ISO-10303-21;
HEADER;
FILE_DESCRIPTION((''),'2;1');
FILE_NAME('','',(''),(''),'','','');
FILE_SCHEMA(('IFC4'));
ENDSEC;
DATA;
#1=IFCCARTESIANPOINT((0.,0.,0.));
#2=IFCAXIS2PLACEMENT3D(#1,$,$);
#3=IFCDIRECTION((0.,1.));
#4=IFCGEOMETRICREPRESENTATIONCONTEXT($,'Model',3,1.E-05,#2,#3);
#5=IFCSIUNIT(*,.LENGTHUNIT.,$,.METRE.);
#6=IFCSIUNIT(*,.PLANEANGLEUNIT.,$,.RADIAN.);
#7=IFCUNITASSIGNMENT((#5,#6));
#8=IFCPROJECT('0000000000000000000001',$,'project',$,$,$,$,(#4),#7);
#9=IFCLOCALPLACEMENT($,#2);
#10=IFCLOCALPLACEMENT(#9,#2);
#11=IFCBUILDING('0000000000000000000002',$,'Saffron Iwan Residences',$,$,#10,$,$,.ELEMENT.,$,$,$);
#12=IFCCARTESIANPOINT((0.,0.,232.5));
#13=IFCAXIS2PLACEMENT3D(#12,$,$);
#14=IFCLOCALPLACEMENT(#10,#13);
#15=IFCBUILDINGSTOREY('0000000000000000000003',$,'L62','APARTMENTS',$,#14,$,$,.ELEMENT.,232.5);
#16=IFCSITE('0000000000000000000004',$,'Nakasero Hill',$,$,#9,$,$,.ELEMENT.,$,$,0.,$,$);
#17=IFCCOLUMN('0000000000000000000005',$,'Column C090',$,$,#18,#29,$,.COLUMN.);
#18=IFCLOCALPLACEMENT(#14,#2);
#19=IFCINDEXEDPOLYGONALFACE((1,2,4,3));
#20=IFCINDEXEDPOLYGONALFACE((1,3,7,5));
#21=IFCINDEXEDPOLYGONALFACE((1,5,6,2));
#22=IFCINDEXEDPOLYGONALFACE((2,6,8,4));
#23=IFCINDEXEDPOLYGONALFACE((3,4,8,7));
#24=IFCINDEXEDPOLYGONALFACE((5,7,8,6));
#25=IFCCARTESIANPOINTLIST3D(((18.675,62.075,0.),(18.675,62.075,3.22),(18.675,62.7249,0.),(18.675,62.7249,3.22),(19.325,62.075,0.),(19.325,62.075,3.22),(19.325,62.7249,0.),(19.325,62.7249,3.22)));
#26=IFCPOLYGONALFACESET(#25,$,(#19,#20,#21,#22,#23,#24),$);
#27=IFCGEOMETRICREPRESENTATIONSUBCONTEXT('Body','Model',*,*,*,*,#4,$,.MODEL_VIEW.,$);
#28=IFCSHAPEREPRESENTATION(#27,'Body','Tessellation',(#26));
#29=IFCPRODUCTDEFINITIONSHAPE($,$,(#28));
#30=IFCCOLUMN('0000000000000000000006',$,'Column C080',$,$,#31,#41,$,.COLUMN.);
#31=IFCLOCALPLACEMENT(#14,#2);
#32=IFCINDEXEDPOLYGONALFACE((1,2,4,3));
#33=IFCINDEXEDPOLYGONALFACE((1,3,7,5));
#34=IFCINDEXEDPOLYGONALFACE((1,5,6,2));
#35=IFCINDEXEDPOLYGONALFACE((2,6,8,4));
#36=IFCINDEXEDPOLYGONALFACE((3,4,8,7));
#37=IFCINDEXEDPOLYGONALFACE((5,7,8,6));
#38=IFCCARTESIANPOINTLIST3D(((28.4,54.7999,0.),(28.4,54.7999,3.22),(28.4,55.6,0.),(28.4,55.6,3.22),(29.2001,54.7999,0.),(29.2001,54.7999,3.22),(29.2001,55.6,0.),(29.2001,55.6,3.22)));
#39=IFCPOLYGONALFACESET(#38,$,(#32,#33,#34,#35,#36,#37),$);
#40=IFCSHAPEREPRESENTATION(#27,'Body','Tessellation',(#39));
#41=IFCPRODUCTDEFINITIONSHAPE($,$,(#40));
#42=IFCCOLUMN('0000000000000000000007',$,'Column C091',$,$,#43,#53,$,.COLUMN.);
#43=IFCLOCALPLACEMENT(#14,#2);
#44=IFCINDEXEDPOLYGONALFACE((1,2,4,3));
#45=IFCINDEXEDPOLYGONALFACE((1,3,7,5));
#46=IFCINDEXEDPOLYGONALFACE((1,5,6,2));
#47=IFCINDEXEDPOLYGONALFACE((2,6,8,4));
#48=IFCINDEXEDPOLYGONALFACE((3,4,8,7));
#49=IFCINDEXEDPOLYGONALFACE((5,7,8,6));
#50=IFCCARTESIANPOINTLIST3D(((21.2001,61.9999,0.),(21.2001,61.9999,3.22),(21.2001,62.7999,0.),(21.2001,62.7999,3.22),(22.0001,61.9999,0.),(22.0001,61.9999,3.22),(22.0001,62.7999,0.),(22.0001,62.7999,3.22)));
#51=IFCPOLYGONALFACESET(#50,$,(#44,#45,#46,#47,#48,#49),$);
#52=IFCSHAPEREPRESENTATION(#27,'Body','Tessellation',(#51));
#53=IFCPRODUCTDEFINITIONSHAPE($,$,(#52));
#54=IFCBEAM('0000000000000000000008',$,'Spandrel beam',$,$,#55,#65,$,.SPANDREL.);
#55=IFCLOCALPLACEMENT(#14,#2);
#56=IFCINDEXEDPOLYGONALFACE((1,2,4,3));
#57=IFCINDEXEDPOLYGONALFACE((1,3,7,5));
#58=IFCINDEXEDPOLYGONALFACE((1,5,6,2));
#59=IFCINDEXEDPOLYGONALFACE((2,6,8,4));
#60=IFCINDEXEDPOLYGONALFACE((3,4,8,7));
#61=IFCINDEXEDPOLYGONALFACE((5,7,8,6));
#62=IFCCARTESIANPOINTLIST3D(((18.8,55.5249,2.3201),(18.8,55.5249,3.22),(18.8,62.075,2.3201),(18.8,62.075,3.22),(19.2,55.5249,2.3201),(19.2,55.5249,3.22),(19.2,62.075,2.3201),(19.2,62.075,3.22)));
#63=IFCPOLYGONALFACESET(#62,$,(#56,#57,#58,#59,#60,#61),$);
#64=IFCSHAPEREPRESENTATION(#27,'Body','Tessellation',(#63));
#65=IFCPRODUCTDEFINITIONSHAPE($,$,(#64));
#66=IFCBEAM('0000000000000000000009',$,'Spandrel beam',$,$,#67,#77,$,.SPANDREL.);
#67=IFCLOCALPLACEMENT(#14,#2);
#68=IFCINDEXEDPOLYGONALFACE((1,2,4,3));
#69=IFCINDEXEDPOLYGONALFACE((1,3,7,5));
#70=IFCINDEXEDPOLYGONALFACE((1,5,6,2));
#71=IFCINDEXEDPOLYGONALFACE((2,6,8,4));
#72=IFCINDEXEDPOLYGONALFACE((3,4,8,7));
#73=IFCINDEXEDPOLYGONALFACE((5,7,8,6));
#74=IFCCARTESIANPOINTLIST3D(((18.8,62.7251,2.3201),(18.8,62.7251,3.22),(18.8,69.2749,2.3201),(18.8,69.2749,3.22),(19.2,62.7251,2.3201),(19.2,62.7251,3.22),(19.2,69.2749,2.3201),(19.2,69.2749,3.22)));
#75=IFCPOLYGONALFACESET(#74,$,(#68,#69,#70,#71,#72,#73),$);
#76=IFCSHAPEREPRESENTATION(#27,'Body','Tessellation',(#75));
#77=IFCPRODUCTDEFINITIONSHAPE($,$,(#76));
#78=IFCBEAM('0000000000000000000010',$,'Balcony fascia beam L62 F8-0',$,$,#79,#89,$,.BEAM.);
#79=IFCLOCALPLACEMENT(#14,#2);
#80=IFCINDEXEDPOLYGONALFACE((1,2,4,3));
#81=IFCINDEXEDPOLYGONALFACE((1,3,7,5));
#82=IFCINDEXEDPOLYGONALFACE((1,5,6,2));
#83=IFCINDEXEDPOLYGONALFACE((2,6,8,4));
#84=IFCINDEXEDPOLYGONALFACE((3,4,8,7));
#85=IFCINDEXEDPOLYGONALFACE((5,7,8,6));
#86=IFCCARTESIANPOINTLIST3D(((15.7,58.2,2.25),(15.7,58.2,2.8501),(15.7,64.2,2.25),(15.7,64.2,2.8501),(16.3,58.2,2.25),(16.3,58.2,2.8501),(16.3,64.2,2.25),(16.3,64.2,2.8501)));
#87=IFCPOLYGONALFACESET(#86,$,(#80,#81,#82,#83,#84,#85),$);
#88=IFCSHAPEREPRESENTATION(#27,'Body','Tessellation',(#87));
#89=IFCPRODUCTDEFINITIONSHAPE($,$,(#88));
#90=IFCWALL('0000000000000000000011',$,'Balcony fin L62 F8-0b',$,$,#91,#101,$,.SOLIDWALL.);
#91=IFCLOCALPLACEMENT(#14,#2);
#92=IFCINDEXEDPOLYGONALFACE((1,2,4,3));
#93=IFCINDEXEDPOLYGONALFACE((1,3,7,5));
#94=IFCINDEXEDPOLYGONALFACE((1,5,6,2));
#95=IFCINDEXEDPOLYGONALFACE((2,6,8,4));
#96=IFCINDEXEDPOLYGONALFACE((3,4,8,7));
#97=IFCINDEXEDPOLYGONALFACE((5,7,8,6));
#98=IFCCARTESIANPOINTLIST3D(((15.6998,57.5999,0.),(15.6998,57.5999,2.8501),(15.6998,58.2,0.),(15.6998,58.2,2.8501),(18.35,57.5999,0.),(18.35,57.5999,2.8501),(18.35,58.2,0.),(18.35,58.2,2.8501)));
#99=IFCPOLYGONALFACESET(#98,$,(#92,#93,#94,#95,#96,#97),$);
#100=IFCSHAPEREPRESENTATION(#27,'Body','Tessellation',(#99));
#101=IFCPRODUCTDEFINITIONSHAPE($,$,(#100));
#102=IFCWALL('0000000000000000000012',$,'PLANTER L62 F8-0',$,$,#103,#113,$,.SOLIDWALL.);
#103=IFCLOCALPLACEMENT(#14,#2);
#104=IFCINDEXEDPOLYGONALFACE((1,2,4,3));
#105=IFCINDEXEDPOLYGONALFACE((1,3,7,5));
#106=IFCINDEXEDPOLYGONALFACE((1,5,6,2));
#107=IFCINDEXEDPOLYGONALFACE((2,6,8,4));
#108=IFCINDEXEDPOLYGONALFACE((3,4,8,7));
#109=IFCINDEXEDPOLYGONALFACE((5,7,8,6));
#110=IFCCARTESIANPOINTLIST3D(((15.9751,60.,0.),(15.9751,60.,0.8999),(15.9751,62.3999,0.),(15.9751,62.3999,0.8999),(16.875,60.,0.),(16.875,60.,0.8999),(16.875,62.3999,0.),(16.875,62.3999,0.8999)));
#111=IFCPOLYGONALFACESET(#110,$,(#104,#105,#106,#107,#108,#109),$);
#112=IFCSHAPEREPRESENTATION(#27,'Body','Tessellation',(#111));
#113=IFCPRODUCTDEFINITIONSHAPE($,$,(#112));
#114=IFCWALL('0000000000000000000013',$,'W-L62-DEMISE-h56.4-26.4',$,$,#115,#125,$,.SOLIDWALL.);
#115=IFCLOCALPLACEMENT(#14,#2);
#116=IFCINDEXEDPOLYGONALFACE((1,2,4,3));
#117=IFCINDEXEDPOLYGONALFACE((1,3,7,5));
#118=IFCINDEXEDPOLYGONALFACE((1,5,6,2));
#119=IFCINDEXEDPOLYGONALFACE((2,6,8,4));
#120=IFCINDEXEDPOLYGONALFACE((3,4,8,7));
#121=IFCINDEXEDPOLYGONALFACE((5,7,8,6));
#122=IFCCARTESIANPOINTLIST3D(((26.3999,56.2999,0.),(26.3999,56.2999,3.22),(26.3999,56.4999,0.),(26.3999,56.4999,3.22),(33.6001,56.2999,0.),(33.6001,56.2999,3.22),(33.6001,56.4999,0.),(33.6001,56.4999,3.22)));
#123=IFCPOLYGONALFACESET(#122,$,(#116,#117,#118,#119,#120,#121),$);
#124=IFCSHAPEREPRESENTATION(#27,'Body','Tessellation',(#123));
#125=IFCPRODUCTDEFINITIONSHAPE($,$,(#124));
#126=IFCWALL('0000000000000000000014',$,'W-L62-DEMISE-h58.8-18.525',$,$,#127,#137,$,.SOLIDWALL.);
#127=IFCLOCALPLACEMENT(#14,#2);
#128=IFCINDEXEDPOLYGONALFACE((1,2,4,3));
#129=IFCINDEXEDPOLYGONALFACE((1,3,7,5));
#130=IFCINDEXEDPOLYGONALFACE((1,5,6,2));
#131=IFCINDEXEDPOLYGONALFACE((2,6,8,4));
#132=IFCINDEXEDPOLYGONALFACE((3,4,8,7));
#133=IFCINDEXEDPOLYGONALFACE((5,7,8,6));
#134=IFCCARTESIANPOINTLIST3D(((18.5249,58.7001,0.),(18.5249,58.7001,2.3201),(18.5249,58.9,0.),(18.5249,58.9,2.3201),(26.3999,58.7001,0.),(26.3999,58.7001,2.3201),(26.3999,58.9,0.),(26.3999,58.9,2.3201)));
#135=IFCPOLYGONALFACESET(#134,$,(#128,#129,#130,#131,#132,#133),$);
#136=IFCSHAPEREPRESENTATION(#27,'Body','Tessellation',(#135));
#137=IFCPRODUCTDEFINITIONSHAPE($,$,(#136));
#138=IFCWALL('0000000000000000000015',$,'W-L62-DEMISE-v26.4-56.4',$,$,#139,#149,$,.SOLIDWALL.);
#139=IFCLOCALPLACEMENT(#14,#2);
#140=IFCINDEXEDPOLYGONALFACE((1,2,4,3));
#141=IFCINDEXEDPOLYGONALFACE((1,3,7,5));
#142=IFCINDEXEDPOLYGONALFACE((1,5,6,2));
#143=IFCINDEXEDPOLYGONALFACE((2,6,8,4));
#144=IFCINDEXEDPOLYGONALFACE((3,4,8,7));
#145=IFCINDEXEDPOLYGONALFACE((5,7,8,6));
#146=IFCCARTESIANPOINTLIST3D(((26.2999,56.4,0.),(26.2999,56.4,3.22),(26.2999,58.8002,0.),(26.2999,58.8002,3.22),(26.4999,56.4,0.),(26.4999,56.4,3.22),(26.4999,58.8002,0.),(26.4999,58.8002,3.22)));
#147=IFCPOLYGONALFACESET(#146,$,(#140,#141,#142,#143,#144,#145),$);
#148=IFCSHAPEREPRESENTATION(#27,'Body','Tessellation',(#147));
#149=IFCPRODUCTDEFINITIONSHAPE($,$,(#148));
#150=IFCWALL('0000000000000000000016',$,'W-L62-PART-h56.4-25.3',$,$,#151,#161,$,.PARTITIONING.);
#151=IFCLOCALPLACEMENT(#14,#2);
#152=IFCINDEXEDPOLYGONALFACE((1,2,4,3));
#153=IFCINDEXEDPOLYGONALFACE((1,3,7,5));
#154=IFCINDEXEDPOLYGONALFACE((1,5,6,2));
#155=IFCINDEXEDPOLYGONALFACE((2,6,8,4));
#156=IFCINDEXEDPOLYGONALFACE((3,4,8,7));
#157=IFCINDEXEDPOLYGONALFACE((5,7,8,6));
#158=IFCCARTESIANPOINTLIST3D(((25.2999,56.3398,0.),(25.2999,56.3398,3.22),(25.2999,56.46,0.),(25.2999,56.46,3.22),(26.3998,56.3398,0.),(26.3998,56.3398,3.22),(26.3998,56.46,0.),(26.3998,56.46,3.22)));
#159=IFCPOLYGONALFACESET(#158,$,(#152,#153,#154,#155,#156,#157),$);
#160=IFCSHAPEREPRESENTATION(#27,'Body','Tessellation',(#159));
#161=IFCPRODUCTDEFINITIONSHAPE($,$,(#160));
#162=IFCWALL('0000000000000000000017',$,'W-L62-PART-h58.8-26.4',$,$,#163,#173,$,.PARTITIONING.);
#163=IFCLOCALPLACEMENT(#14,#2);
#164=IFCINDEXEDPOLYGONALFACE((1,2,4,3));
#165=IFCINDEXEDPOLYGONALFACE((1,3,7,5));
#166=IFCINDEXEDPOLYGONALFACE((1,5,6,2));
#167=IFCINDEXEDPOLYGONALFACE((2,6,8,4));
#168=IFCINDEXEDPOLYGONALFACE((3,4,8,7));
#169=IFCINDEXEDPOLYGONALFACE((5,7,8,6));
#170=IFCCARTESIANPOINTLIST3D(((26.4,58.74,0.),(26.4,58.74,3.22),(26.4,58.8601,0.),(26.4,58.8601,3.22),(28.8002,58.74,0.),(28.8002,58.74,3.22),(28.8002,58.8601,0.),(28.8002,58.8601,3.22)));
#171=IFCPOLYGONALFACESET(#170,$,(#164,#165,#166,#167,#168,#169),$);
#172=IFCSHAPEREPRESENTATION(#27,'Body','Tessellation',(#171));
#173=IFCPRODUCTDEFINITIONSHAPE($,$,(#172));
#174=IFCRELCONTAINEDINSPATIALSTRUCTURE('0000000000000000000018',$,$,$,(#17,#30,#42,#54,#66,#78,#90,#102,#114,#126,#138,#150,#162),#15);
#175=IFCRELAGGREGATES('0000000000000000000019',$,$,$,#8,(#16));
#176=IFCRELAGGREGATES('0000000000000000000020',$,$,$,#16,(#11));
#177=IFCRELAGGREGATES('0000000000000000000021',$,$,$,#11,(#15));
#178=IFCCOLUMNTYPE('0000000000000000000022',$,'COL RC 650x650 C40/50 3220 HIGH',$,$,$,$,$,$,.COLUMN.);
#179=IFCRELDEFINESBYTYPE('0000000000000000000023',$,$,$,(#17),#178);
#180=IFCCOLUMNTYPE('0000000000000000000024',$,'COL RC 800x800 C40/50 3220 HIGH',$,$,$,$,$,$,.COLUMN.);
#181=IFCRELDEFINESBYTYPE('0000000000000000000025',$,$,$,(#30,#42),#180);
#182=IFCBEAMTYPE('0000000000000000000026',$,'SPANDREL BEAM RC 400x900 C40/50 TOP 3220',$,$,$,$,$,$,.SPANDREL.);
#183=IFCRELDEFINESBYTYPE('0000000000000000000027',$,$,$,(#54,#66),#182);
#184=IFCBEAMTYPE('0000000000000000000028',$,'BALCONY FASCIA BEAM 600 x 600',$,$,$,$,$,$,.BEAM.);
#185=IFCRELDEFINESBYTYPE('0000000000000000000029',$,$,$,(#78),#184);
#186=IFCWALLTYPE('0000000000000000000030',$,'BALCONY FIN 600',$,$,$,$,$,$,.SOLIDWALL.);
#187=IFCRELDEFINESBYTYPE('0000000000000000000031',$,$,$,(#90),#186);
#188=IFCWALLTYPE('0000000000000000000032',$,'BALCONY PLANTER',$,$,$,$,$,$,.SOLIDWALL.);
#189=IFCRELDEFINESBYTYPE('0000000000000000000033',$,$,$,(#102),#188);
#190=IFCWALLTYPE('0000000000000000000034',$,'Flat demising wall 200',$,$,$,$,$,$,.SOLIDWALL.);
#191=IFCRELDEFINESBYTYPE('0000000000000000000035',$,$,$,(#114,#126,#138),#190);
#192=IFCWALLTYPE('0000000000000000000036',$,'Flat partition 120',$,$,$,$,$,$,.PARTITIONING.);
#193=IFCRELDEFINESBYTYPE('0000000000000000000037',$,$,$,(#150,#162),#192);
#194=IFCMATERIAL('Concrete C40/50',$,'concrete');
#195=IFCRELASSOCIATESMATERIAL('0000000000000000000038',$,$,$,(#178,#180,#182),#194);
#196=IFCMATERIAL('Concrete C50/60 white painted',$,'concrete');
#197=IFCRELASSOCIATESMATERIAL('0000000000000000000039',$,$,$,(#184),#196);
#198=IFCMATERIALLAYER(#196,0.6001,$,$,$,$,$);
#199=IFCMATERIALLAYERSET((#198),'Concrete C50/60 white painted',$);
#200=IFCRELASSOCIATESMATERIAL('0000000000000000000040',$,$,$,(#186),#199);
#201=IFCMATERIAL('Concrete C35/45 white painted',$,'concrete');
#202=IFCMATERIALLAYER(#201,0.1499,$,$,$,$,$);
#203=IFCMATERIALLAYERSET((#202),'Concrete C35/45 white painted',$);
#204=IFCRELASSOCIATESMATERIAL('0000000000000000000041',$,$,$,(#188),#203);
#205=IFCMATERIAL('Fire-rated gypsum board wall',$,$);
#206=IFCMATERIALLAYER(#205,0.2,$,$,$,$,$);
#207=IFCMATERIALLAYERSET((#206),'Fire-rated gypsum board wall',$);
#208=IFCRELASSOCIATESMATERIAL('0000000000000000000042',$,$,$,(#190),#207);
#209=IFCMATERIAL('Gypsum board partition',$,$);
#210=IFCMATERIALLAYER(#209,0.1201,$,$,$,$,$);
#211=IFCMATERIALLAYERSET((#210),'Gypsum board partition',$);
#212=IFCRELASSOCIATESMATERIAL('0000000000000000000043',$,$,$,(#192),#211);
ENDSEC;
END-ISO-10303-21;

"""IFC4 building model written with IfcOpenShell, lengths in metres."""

from ifc_helpers import new_model, si_unit, direction, frame, frame_2d, origin, origin_2d, place, context, subcontext, project, spatial, rectangle, extrude, source, transform, mapped, material, layer, layer_set, material_profile, profile_set, type_object, element, save


model = new_model("IFC4")

# Units and contexts
model_context = context("Model", 3, precision=1e-05, world=origin(), true_north=direction((0.0, 1.0)))
body_context = subcontext(model_context, "Body", "Model", "MODEL_VIEW")
ifc_project = project(units=[si_unit("LENGTHUNIT", "METRE"), si_unit("PLANEANGLEUNIT", "RADIAN")], contexts=[model_context])

# Site, building, storey
site_placement = place(None, origin())
site = spatial("IfcSite", under=ifc_project, at=site_placement, Name="Nakasero Hill", CompositionType="ELEMENT", RefElevation=0.0)
building_placement = place(site_placement, origin())
building = spatial("IfcBuilding", under=site, at=building_placement, Name="Saffron Iwan Residences", CompositionType="ELEMENT")
storey_placement = place(building_placement, frame((0.0, 0.0, 232.5)))
storey = spatial("IfcBuildingStorey", under=building, at=storey_placement, Name="L62", Description="APARTMENTS", CompositionType="ELEMENT", Elevation=232.5)

# Columns
ifc_material_1 = material(Name="Concrete C40/50", Category="concrete")
ifc_material_profile_1 = material_profile(ifc_material_1, rectangle(XDim=0.6499, YDim=0.6499, at=origin_2d()), Name="RC 650x650")
ifc_profile_set_1 = profile_set([ifc_material_profile_1], Name="Concrete C40/50")
column_type_1 = type_object("IfcColumnType", Name="COL RC 650x650 C40/50 3220 HIGH", PredefinedType="COLUMN", material=ifc_profile_set_1)
shared_shape_1 = source(origin(), body_context, "Body", "SweptSolid", [
    extrude(rectangle(XDim=0.6499, YDim=0.6499, at=origin_2d()), origin(), (0.0, 0.0, 1.0), 3.22),
])
column_placement = place(storey_placement, frame((19.0, 62.3999, 0.0), z_axis=(0.0, 0.0, 1.0), x_axis=(1.0, 0.0, 0.0)))
element("IfcColumn", 1, at=column_placement, inside=storey, type_object=column_type_1, Name="Column C090", PredefinedType="COLUMN", context=body_context, shape_type="MappedRepresentation", body=[
    mapped(shared_shape_1, transform((0.0, 0.0, 0.0))),
])
ifc_material_profile_2 = material_profile(ifc_material_1, rectangle(XDim=0.8, YDim=0.8, at=origin_2d()), Name="RC 800x800")
ifc_profile_set_2 = profile_set([ifc_material_profile_2], Name="Concrete C40/50")
column_type_2 = type_object("IfcColumnType", Name="COL RC 800x800 C40/50 3220 HIGH", PredefinedType="COLUMN", material=ifc_profile_set_2)
shared_shape_2 = source(origin(), body_context, "Body", "SweptSolid", [
    extrude(rectangle(XDim=0.8, YDim=0.8, at=origin_2d()), origin(), (0.0, 0.0, 1.0), 3.22),
])
for number, where, z_axis, x_axis, name in (
    (2, (28.8, 55.2, 0.0), (0.0, 0.0, 1.0), (1.0, 0.0, 0.0), "Column C080"),
    (3, (21.6001, 62.3999, 0.0), (0.0, 0.0, 1.0), (1.0, 0.0, 0.0), "Column C091"),
):
    element("IfcColumn", number, at=place(storey_placement, frame(where, z_axis=z_axis, x_axis=x_axis)), inside=storey, type_object=column_type_2, Name=name, PredefinedType="COLUMN", context=body_context, shape_type="MappedRepresentation", body=[
        mapped(shared_shape_2, transform((0.0, 0.0, 0.0))),
    ])

# Beams
ifc_material_profile_3 = material_profile(ifc_material_1, rectangle(XDim=0.3999, YDim=0.8999, at=origin_2d()), Name="RC 400x900")
ifc_profile_set_3 = profile_set([ifc_material_profile_3], Name="Concrete C40/50")
beam_type_1 = type_object("IfcBeamType", Name="SPANDREL BEAM RC 400x900 C40/50 TOP 3220", PredefinedType="SPANDREL", material=ifc_profile_set_3)
shared_shape_3 = source(origin(), body_context, "Body", "SweptSolid", [
    extrude(rectangle(XDim=0.3999, YDim=0.8999, at=origin_2d()), origin(), (0.0, 0.0, 1.0), 6.55),
])
beam_1_placement = place(storey_placement, frame((19.0, 55.5249, 2.77), z_axis=(0.0, 1.0, 0.0), x_axis=(-1.0, 0.0, 0.0)))
element("IfcBeam", 4, at=beam_1_placement, inside=storey, type_object=beam_type_1, Name="Spandrel beam", PredefinedType="SPANDREL", context=body_context, shape_type="MappedRepresentation", body=[
    mapped(shared_shape_3, transform((0.0, 0.0, 0.0))),
])
shared_shape_4 = source(origin(), body_context, "Body", "SweptSolid", [
    extrude(rectangle(XDim=0.3999, YDim=0.8999, at=origin_2d()), origin(), (0.0, 0.0, 1.0), 6.5498),
])
beam_2_placement = place(storey_placement, frame((19.0, 62.7251, 2.77), z_axis=(0.0, 1.0, 0.0), x_axis=(-1.0, 0.0, 0.0)))
element("IfcBeam", 5, at=beam_2_placement, inside=storey, type_object=beam_type_1, Name="Spandrel beam", PredefinedType="SPANDREL", context=body_context, shape_type="MappedRepresentation", body=[
    mapped(shared_shape_4, transform((0.0, 0.0, 0.0))),
])
ifc_material_2 = material(Name="Concrete C50/60 white painted", Category="concrete")
ifc_material_profile_4 = material_profile(ifc_material_2, rectangle(XDim=0.6001, YDim=0.6001, at=origin_2d()), Name="BALCONY FASCIA BEAM 600 x 600")
ifc_profile_set_4 = profile_set([ifc_material_profile_4], Name="Concrete C50/60 white painted")
beam_type_2 = type_object("IfcBeamType", Name="BALCONY FASCIA BEAM 600 x 600", PredefinedType="BEAM", material=ifc_profile_set_4)
shared_shape_5 = source(origin(), body_context, "Body", "SweptSolid", [
    extrude(rectangle(XDim=0.6001, YDim=0.6001, at=origin_2d()), origin(), (0.0, 0.0, 1.0), 6.0),
])
beam_3_placement = place(storey_placement, frame((16.0, 64.2, 2.55), z_axis=(0.0, -1.0, 0.0), x_axis=(1.0, 0.0, 0.0)))
element("IfcBeam", 6, at=beam_3_placement, inside=storey, type_object=beam_type_2, Name="Balcony fascia beam L62 F8-0", PredefinedType="BEAM", context=body_context, shape_type="MappedRepresentation", body=[
    mapped(shared_shape_5, transform((0.0, 0.0, 0.0))),
])

# Walls
ifc_layer_1 = layer(ifc_material_2, 0.6001)
ifc_layer_set_1 = layer_set([ifc_layer_1], Name="Concrete C50/60 white painted")
wall_type_1 = type_object("IfcWallType", Name="BALCONY FIN 600", PredefinedType="SOLIDWALL", material=ifc_layer_set_1)
wall_1_placement = place(storey_placement, frame((18.3501, 57.8999, 0.0), z_axis=(0.0, 0.0, 1.0), x_axis=(-1.0, 0.0, 0.0)))
element("IfcWall", 7, at=wall_1_placement, inside=storey, type_object=wall_type_1, Name="Balcony fin L62 F8-0b", PredefinedType="SOLIDWALL", context=body_context, shape_type="SweptSolid", body=[
    extrude(rectangle(XDim=2.6501, YDim=0.6001, at=frame_2d((1.3252, 0.0))), origin(), (0.0, 0.0, 1.0), 2.8501),
])
ifc_material_3 = material(Name="Concrete C35/45 white painted", Category="concrete")
ifc_layer_2 = layer(ifc_material_3, 0.1499)
ifc_layer_set_2 = layer_set([ifc_layer_2], Name="Concrete C35/45 white painted")
wall_type_2 = type_object("IfcWallType", Name="BALCONY PLANTER", PredefinedType="SOLIDWALL", material=ifc_layer_set_2)
wall_2_placement = place(storey_placement, frame((16.425, 62.3999, 0.0), z_axis=(0.0, 0.0, 1.0), x_axis=(0.0, -1.0, 0.0)))
element("IfcWall", 8, at=wall_2_placement, inside=storey, type_object=wall_type_2, Name="PLANTER L62 F8-0", PredefinedType="SOLIDWALL", context=body_context, shape_type="SweptSolid", body=[
    extrude(rectangle(XDim=2.3999, YDim=0.8999, at=frame_2d((1.2, 0.0))), origin(), (0.0, 0.0, 1.0), 0.8999),
])
ifc_material_4 = material(Name="Fire-rated gypsum board wall")
ifc_layer_3 = layer(ifc_material_4, 0.2)
ifc_layer_set_3 = layer_set([ifc_layer_3], Name="Fire-rated gypsum board wall")
wall_type_3 = type_object("IfcWallType", Name="Flat demising wall 200", PredefinedType="SOLIDWALL", material=ifc_layer_set_3)
wall_3_placement = place(storey_placement, frame((26.3999, 56.3999, 0.0), z_axis=(0.0, 0.0, 1.0), x_axis=(1.0, 0.0, 0.0)))
element("IfcWall", 9, at=wall_3_placement, inside=storey, type_object=wall_type_3, Name="W-L62-DEMISE-h56.4-26.4", PredefinedType="SOLIDWALL", context=body_context, shape_type="SweptSolid", body=[
    extrude(rectangle(XDim=7.2002, YDim=0.2, at=frame_2d((3.6001, 0.0))), origin(), (0.0, 0.0, 1.0), 3.22),
])
wall_4_placement = place(storey_placement, frame((18.5249, 58.8, 0.0), z_axis=(0.0, 0.0, 1.0), x_axis=(1.0, 0.0, 0.0)))
element("IfcWall", 10, at=wall_4_placement, inside=storey, type_object=wall_type_3, Name="W-L62-DEMISE-h58.8-18.525", PredefinedType="SOLIDWALL", context=body_context, shape_type="SweptSolid", body=[
    extrude(rectangle(XDim=7.875, YDim=0.2, at=frame_2d((3.9375, 0.0))), origin(), (0.0, 0.0, 1.0), 2.3201),
])
wall_5_placement = place(storey_placement, frame((26.3999, 56.3999, 0.0), z_axis=(0.0, 0.0, 1.0), x_axis=(0.0, 1.0, 0.0)))
element("IfcWall", 11, at=wall_5_placement, inside=storey, type_object=wall_type_3, Name="W-L62-DEMISE-v26.4-56.4", PredefinedType="SOLIDWALL", context=body_context, shape_type="SweptSolid", body=[
    extrude(rectangle(XDim=2.4001, YDim=0.2, at=frame_2d((1.2002, 0.0))), origin(), (0.0, 0.0, 1.0), 3.22),
])
ifc_material_5 = material(Name="Gypsum board partition")
ifc_layer_4 = layer(ifc_material_5, 0.1201)
ifc_layer_set_4 = layer_set([ifc_layer_4], Name="Gypsum board partition")
wall_type_4 = type_object("IfcWallType", Name="Flat partition 120", PredefinedType="PARTITIONING", material=ifc_layer_set_4)
wall_6_placement = place(storey_placement, frame((25.3, 56.3999, 0.0), z_axis=(0.0, 0.0, 1.0), x_axis=(1.0, 0.0, 0.0)))
element("IfcWall", 12, at=wall_6_placement, inside=storey, type_object=wall_type_4, Name="W-L62-PART-h56.4-25.3", PredefinedType="PARTITIONING", context=body_context, shape_type="SweptSolid", body=[
    extrude(rectangle(XDim=1.0999, YDim=0.1201, at=frame_2d((0.5498, 0.0))), origin(), (0.0, 0.0, 1.0), 3.22),
])
wall_7_placement = place(storey_placement, frame((26.3999, 58.8, 0.0), z_axis=(0.0, 0.0, 1.0), x_axis=(1.0, 0.0, 0.0)))
element("IfcWall", 13, at=wall_7_placement, inside=storey, type_object=wall_type_4, Name="W-L62-PART-h58.8-26.4", PredefinedType="PARTITIONING", context=body_context, shape_type="SweptSolid", body=[
    extrude(rectangle(XDim=2.4001, YDim=0.1201, at=frame_2d((1.2002, 0.0))), origin(), (0.0, 0.0, 1.0), 3.22),
])

save(model, "model.ifc")
